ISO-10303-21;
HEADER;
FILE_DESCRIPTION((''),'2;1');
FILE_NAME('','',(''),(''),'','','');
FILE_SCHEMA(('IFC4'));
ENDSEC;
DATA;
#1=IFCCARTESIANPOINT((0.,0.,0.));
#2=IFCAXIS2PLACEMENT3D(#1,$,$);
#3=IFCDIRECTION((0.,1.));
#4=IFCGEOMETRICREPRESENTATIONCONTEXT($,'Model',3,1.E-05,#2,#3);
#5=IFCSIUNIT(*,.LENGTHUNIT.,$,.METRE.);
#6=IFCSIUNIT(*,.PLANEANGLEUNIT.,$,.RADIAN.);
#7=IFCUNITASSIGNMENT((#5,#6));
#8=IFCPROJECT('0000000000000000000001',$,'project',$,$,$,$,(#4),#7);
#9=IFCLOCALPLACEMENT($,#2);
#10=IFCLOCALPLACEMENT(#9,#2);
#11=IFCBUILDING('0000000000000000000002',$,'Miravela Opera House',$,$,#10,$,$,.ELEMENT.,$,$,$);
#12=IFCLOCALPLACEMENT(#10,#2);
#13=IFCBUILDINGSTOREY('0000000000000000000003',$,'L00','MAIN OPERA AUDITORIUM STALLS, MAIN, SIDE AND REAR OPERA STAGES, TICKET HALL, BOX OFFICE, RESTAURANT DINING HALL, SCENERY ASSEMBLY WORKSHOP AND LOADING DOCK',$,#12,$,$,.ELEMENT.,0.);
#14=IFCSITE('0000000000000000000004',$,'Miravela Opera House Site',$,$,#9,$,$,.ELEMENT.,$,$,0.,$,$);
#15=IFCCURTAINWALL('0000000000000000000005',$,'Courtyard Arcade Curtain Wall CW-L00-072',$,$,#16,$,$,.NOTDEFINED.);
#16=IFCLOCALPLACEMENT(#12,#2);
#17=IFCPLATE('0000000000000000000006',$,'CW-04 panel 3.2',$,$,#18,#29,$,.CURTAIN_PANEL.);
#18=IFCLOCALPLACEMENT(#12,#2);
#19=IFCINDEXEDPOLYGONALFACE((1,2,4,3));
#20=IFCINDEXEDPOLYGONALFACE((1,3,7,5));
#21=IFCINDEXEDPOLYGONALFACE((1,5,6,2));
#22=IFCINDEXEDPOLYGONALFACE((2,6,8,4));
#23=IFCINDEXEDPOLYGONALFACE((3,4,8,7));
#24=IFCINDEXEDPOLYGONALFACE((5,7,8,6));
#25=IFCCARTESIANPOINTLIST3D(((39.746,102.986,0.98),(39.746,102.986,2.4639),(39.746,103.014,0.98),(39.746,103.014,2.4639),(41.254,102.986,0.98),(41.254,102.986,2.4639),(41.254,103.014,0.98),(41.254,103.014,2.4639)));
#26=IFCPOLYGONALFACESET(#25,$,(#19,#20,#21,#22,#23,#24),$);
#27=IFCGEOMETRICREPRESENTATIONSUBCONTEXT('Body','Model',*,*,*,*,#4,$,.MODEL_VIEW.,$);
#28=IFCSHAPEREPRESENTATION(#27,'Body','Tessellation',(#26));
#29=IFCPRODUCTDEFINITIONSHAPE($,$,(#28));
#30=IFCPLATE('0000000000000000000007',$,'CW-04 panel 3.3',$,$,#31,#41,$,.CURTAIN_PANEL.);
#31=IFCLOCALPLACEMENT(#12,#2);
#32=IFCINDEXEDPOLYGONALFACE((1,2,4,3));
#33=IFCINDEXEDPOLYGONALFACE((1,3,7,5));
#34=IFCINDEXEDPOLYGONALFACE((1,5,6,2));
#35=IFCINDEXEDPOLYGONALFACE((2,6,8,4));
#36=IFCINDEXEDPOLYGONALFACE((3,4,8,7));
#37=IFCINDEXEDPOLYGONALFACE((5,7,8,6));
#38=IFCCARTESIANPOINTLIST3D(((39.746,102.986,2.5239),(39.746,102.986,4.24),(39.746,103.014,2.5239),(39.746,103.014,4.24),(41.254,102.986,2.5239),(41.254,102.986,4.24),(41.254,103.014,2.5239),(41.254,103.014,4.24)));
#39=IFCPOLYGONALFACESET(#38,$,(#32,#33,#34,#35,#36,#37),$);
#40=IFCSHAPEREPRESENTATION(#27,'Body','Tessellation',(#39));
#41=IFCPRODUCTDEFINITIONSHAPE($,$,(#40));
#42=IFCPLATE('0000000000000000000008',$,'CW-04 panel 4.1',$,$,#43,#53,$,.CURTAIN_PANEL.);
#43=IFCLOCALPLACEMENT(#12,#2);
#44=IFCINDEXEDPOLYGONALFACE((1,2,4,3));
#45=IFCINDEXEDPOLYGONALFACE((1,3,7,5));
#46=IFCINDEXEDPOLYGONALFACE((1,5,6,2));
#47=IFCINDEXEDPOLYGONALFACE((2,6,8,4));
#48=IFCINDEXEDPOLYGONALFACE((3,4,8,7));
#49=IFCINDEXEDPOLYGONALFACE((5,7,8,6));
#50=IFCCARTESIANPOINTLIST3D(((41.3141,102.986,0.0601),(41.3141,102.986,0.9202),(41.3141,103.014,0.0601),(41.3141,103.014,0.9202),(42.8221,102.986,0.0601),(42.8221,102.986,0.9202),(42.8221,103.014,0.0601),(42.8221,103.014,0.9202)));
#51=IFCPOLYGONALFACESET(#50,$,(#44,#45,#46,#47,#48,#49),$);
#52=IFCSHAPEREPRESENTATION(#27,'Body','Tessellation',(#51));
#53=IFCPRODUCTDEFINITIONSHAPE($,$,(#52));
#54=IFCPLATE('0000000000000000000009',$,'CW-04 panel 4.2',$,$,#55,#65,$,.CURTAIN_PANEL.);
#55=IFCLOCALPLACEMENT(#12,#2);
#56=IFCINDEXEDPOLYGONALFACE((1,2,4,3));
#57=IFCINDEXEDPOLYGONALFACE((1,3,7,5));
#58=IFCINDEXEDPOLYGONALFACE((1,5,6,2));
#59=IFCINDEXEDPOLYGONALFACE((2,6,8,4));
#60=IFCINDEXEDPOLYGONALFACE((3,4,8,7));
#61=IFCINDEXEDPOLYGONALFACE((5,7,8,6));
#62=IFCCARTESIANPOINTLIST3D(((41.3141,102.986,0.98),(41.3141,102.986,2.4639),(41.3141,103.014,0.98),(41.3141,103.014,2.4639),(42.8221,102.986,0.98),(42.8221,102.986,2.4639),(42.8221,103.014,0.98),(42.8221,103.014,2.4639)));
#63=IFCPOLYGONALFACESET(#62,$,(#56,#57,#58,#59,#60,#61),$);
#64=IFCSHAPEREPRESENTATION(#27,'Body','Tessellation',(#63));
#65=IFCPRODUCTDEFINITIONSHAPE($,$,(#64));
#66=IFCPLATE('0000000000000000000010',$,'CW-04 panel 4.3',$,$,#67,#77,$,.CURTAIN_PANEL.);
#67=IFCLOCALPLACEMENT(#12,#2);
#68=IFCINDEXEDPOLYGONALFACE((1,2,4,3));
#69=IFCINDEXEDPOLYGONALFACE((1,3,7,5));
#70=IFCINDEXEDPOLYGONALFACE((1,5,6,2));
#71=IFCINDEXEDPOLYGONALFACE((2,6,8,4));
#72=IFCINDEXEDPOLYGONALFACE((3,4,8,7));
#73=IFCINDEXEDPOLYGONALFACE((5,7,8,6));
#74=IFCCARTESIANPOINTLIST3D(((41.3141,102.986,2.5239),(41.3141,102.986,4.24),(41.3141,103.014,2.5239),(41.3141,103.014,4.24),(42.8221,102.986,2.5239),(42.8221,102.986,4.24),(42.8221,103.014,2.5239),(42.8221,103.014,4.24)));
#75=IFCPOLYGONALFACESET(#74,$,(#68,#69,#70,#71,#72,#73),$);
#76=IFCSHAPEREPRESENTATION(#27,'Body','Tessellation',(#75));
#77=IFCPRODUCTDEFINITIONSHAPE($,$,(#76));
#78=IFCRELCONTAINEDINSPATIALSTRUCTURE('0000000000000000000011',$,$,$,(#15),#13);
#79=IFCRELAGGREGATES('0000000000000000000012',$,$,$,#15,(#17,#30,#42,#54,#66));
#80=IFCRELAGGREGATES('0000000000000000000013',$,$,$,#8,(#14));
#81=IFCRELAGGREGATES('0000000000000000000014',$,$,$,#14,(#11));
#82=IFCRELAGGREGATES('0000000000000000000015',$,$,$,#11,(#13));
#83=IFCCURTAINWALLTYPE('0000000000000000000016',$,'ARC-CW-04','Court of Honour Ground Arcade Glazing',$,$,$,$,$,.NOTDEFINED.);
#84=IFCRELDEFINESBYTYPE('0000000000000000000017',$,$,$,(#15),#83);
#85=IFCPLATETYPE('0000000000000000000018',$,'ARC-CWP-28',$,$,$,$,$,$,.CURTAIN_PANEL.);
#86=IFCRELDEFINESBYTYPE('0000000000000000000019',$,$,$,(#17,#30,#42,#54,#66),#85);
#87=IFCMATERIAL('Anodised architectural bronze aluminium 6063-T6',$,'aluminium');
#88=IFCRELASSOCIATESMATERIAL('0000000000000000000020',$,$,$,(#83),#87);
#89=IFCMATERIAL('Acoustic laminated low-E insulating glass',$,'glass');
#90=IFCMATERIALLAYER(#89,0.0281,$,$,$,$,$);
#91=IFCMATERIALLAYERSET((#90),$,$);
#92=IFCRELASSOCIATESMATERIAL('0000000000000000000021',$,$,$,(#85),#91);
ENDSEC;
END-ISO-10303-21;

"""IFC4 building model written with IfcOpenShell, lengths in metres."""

from ifc_helpers import new_model, si_unit, direction, frame, origin, origin_2d, place, context, subcontext, project, spatial, rectangle, extrude, material, layer, layer_set, type_object, element, aggregate, save


model = new_model("IFC4")

# Units and contexts
model_context = context("Model", 3, precision=1e-05, world=origin(), true_north=direction((0.0, 1.0)))
body_context = subcontext(model_context, "Body", "Model", "MODEL_VIEW")
ifc_project = project(units=[si_unit("LENGTHUNIT", "METRE"), si_unit("PLANEANGLEUNIT", "RADIAN")], contexts=[model_context])

# Site, building, storey
site_placement = place(None, origin())
site = spatial("IfcSite", under=ifc_project, at=site_placement, Name="Miravela Opera House Site", CompositionType="ELEMENT", RefElevation=0.0)
building_placement = place(site_placement, origin())
building = spatial("IfcBuilding", under=site, at=building_placement, Name="Miravela Opera House", CompositionType="ELEMENT")
storey_placement = place(building_placement, origin())
storey = spatial("IfcBuildingStorey", under=building, at=storey_placement, Name="L00", Description="MAIN OPERA AUDITORIUM STALLS, MAIN, SIDE AND REAR OPERA STAGES, TICKET HALL, BOX OFFICE, RESTAURANT DINING HALL, SCENERY ASSEMBLY WORKSHOP AND LOADING DOCK", CompositionType="ELEMENT", Elevation=0.0)

# Curtain wall, plates
ifc_material_1 = material(Name="Anodised architectural bronze aluminium 6063-T6", Category="aluminium")
curtain_wall_type = type_object("IfcCurtainWallType", Name="ARC-CW-04", Description="Court of Honour Ground Arcade Glazing", PredefinedType="NOTDEFINED", material=ifc_material_1)
curtain_wall_placement = place(storey_placement, origin())
curtain_wall = element("IfcCurtainWall", 1, at=curtain_wall_placement, inside=storey, type_object=curtain_wall_type, Name="Courtyard Arcade Curtain Wall CW-L00-072", PredefinedType="NOTDEFINED")
ifc_material_2 = material(Name="Acoustic laminated low-E insulating glass", Category="glass")
ifc_layer = layer(ifc_material_2, 0.0281)
ifc_layer_set = layer_set([ifc_layer])
plate_type = type_object("IfcPlateType", Name="ARC-CWP-28", PredefinedType="CURTAIN_PANEL", material=ifc_layer_set)
plate_1_placement = place(storey_placement, frame((40.5, 103.0, 0.98), z_axis=(0.0, 0.0, 1.0), x_axis=(1.0, 0.0, 0.0)))
plate_1 = element("IfcPlate", 2, at=plate_1_placement, type_object=plate_type, Name="CW-04 panel 3.2", PredefinedType="CURTAIN_PANEL", context=body_context, shape_type="SweptSolid", body=[
    extrude(rectangle(XDim=1.5081, YDim=0.0281, at=origin_2d()), origin(), (0.0, 0.0, 1.0), 1.4839),
])
plate_2_placement = place(storey_placement, frame((40.5, 103.0, 2.5239), z_axis=(0.0, 0.0, 1.0), x_axis=(1.0, 0.0, 0.0)))
plate_2 = element("IfcPlate", 3, at=plate_2_placement, type_object=plate_type, Name="CW-04 panel 3.3", PredefinedType="CURTAIN_PANEL", context=body_context, shape_type="SweptSolid", body=[
    extrude(rectangle(XDim=1.5081, YDim=0.0281, at=origin_2d()), origin(), (0.0, 0.0, 1.0), 1.7161),
])
plate_3_placement = place(storey_placement, frame((42.0681, 103.0, 0.0601), z_axis=(0.0, 0.0, 1.0), x_axis=(1.0, 0.0, 0.0)))
plate_3 = element("IfcPlate", 4, at=plate_3_placement, type_object=plate_type, Name="CW-04 panel 4.1", PredefinedType="CURTAIN_PANEL", context=body_context, shape_type="SweptSolid", body=[
    extrude(rectangle(XDim=1.5081, YDim=0.0281, at=origin_2d()), origin(), (0.0, 0.0, 1.0), 0.8601),
])
plate_4_placement = place(storey_placement, frame((42.0681, 103.0, 0.98), z_axis=(0.0, 0.0, 1.0), x_axis=(1.0, 0.0, 0.0)))
plate_4 = element("IfcPlate", 5, at=plate_4_placement, type_object=plate_type, Name="CW-04 panel 4.2", PredefinedType="CURTAIN_PANEL", context=body_context, shape_type="SweptSolid", body=[
    extrude(rectangle(XDim=1.5081, YDim=0.0281, at=origin_2d()), origin(), (0.0, 0.0, 1.0), 1.4839),
])
plate_5_placement = place(storey_placement, frame((42.0681, 103.0, 2.5239), z_axis=(0.0, 0.0, 1.0), x_axis=(1.0, 0.0, 0.0)))
plate_5 = element("IfcPlate", 6, at=plate_5_placement, type_object=plate_type, Name="CW-04 panel 4.3", PredefinedType="CURTAIN_PANEL", context=body_context, shape_type="SweptSolid", body=[
    extrude(rectangle(XDim=1.5081, YDim=0.0281, at=origin_2d()), origin(), (0.0, 0.0, 1.0), 1.7161),
])
aggregate(curtain_wall, [plate_1, plate_2, plate_3, plate_4, plate_5])

save(model, "model.ifc")
